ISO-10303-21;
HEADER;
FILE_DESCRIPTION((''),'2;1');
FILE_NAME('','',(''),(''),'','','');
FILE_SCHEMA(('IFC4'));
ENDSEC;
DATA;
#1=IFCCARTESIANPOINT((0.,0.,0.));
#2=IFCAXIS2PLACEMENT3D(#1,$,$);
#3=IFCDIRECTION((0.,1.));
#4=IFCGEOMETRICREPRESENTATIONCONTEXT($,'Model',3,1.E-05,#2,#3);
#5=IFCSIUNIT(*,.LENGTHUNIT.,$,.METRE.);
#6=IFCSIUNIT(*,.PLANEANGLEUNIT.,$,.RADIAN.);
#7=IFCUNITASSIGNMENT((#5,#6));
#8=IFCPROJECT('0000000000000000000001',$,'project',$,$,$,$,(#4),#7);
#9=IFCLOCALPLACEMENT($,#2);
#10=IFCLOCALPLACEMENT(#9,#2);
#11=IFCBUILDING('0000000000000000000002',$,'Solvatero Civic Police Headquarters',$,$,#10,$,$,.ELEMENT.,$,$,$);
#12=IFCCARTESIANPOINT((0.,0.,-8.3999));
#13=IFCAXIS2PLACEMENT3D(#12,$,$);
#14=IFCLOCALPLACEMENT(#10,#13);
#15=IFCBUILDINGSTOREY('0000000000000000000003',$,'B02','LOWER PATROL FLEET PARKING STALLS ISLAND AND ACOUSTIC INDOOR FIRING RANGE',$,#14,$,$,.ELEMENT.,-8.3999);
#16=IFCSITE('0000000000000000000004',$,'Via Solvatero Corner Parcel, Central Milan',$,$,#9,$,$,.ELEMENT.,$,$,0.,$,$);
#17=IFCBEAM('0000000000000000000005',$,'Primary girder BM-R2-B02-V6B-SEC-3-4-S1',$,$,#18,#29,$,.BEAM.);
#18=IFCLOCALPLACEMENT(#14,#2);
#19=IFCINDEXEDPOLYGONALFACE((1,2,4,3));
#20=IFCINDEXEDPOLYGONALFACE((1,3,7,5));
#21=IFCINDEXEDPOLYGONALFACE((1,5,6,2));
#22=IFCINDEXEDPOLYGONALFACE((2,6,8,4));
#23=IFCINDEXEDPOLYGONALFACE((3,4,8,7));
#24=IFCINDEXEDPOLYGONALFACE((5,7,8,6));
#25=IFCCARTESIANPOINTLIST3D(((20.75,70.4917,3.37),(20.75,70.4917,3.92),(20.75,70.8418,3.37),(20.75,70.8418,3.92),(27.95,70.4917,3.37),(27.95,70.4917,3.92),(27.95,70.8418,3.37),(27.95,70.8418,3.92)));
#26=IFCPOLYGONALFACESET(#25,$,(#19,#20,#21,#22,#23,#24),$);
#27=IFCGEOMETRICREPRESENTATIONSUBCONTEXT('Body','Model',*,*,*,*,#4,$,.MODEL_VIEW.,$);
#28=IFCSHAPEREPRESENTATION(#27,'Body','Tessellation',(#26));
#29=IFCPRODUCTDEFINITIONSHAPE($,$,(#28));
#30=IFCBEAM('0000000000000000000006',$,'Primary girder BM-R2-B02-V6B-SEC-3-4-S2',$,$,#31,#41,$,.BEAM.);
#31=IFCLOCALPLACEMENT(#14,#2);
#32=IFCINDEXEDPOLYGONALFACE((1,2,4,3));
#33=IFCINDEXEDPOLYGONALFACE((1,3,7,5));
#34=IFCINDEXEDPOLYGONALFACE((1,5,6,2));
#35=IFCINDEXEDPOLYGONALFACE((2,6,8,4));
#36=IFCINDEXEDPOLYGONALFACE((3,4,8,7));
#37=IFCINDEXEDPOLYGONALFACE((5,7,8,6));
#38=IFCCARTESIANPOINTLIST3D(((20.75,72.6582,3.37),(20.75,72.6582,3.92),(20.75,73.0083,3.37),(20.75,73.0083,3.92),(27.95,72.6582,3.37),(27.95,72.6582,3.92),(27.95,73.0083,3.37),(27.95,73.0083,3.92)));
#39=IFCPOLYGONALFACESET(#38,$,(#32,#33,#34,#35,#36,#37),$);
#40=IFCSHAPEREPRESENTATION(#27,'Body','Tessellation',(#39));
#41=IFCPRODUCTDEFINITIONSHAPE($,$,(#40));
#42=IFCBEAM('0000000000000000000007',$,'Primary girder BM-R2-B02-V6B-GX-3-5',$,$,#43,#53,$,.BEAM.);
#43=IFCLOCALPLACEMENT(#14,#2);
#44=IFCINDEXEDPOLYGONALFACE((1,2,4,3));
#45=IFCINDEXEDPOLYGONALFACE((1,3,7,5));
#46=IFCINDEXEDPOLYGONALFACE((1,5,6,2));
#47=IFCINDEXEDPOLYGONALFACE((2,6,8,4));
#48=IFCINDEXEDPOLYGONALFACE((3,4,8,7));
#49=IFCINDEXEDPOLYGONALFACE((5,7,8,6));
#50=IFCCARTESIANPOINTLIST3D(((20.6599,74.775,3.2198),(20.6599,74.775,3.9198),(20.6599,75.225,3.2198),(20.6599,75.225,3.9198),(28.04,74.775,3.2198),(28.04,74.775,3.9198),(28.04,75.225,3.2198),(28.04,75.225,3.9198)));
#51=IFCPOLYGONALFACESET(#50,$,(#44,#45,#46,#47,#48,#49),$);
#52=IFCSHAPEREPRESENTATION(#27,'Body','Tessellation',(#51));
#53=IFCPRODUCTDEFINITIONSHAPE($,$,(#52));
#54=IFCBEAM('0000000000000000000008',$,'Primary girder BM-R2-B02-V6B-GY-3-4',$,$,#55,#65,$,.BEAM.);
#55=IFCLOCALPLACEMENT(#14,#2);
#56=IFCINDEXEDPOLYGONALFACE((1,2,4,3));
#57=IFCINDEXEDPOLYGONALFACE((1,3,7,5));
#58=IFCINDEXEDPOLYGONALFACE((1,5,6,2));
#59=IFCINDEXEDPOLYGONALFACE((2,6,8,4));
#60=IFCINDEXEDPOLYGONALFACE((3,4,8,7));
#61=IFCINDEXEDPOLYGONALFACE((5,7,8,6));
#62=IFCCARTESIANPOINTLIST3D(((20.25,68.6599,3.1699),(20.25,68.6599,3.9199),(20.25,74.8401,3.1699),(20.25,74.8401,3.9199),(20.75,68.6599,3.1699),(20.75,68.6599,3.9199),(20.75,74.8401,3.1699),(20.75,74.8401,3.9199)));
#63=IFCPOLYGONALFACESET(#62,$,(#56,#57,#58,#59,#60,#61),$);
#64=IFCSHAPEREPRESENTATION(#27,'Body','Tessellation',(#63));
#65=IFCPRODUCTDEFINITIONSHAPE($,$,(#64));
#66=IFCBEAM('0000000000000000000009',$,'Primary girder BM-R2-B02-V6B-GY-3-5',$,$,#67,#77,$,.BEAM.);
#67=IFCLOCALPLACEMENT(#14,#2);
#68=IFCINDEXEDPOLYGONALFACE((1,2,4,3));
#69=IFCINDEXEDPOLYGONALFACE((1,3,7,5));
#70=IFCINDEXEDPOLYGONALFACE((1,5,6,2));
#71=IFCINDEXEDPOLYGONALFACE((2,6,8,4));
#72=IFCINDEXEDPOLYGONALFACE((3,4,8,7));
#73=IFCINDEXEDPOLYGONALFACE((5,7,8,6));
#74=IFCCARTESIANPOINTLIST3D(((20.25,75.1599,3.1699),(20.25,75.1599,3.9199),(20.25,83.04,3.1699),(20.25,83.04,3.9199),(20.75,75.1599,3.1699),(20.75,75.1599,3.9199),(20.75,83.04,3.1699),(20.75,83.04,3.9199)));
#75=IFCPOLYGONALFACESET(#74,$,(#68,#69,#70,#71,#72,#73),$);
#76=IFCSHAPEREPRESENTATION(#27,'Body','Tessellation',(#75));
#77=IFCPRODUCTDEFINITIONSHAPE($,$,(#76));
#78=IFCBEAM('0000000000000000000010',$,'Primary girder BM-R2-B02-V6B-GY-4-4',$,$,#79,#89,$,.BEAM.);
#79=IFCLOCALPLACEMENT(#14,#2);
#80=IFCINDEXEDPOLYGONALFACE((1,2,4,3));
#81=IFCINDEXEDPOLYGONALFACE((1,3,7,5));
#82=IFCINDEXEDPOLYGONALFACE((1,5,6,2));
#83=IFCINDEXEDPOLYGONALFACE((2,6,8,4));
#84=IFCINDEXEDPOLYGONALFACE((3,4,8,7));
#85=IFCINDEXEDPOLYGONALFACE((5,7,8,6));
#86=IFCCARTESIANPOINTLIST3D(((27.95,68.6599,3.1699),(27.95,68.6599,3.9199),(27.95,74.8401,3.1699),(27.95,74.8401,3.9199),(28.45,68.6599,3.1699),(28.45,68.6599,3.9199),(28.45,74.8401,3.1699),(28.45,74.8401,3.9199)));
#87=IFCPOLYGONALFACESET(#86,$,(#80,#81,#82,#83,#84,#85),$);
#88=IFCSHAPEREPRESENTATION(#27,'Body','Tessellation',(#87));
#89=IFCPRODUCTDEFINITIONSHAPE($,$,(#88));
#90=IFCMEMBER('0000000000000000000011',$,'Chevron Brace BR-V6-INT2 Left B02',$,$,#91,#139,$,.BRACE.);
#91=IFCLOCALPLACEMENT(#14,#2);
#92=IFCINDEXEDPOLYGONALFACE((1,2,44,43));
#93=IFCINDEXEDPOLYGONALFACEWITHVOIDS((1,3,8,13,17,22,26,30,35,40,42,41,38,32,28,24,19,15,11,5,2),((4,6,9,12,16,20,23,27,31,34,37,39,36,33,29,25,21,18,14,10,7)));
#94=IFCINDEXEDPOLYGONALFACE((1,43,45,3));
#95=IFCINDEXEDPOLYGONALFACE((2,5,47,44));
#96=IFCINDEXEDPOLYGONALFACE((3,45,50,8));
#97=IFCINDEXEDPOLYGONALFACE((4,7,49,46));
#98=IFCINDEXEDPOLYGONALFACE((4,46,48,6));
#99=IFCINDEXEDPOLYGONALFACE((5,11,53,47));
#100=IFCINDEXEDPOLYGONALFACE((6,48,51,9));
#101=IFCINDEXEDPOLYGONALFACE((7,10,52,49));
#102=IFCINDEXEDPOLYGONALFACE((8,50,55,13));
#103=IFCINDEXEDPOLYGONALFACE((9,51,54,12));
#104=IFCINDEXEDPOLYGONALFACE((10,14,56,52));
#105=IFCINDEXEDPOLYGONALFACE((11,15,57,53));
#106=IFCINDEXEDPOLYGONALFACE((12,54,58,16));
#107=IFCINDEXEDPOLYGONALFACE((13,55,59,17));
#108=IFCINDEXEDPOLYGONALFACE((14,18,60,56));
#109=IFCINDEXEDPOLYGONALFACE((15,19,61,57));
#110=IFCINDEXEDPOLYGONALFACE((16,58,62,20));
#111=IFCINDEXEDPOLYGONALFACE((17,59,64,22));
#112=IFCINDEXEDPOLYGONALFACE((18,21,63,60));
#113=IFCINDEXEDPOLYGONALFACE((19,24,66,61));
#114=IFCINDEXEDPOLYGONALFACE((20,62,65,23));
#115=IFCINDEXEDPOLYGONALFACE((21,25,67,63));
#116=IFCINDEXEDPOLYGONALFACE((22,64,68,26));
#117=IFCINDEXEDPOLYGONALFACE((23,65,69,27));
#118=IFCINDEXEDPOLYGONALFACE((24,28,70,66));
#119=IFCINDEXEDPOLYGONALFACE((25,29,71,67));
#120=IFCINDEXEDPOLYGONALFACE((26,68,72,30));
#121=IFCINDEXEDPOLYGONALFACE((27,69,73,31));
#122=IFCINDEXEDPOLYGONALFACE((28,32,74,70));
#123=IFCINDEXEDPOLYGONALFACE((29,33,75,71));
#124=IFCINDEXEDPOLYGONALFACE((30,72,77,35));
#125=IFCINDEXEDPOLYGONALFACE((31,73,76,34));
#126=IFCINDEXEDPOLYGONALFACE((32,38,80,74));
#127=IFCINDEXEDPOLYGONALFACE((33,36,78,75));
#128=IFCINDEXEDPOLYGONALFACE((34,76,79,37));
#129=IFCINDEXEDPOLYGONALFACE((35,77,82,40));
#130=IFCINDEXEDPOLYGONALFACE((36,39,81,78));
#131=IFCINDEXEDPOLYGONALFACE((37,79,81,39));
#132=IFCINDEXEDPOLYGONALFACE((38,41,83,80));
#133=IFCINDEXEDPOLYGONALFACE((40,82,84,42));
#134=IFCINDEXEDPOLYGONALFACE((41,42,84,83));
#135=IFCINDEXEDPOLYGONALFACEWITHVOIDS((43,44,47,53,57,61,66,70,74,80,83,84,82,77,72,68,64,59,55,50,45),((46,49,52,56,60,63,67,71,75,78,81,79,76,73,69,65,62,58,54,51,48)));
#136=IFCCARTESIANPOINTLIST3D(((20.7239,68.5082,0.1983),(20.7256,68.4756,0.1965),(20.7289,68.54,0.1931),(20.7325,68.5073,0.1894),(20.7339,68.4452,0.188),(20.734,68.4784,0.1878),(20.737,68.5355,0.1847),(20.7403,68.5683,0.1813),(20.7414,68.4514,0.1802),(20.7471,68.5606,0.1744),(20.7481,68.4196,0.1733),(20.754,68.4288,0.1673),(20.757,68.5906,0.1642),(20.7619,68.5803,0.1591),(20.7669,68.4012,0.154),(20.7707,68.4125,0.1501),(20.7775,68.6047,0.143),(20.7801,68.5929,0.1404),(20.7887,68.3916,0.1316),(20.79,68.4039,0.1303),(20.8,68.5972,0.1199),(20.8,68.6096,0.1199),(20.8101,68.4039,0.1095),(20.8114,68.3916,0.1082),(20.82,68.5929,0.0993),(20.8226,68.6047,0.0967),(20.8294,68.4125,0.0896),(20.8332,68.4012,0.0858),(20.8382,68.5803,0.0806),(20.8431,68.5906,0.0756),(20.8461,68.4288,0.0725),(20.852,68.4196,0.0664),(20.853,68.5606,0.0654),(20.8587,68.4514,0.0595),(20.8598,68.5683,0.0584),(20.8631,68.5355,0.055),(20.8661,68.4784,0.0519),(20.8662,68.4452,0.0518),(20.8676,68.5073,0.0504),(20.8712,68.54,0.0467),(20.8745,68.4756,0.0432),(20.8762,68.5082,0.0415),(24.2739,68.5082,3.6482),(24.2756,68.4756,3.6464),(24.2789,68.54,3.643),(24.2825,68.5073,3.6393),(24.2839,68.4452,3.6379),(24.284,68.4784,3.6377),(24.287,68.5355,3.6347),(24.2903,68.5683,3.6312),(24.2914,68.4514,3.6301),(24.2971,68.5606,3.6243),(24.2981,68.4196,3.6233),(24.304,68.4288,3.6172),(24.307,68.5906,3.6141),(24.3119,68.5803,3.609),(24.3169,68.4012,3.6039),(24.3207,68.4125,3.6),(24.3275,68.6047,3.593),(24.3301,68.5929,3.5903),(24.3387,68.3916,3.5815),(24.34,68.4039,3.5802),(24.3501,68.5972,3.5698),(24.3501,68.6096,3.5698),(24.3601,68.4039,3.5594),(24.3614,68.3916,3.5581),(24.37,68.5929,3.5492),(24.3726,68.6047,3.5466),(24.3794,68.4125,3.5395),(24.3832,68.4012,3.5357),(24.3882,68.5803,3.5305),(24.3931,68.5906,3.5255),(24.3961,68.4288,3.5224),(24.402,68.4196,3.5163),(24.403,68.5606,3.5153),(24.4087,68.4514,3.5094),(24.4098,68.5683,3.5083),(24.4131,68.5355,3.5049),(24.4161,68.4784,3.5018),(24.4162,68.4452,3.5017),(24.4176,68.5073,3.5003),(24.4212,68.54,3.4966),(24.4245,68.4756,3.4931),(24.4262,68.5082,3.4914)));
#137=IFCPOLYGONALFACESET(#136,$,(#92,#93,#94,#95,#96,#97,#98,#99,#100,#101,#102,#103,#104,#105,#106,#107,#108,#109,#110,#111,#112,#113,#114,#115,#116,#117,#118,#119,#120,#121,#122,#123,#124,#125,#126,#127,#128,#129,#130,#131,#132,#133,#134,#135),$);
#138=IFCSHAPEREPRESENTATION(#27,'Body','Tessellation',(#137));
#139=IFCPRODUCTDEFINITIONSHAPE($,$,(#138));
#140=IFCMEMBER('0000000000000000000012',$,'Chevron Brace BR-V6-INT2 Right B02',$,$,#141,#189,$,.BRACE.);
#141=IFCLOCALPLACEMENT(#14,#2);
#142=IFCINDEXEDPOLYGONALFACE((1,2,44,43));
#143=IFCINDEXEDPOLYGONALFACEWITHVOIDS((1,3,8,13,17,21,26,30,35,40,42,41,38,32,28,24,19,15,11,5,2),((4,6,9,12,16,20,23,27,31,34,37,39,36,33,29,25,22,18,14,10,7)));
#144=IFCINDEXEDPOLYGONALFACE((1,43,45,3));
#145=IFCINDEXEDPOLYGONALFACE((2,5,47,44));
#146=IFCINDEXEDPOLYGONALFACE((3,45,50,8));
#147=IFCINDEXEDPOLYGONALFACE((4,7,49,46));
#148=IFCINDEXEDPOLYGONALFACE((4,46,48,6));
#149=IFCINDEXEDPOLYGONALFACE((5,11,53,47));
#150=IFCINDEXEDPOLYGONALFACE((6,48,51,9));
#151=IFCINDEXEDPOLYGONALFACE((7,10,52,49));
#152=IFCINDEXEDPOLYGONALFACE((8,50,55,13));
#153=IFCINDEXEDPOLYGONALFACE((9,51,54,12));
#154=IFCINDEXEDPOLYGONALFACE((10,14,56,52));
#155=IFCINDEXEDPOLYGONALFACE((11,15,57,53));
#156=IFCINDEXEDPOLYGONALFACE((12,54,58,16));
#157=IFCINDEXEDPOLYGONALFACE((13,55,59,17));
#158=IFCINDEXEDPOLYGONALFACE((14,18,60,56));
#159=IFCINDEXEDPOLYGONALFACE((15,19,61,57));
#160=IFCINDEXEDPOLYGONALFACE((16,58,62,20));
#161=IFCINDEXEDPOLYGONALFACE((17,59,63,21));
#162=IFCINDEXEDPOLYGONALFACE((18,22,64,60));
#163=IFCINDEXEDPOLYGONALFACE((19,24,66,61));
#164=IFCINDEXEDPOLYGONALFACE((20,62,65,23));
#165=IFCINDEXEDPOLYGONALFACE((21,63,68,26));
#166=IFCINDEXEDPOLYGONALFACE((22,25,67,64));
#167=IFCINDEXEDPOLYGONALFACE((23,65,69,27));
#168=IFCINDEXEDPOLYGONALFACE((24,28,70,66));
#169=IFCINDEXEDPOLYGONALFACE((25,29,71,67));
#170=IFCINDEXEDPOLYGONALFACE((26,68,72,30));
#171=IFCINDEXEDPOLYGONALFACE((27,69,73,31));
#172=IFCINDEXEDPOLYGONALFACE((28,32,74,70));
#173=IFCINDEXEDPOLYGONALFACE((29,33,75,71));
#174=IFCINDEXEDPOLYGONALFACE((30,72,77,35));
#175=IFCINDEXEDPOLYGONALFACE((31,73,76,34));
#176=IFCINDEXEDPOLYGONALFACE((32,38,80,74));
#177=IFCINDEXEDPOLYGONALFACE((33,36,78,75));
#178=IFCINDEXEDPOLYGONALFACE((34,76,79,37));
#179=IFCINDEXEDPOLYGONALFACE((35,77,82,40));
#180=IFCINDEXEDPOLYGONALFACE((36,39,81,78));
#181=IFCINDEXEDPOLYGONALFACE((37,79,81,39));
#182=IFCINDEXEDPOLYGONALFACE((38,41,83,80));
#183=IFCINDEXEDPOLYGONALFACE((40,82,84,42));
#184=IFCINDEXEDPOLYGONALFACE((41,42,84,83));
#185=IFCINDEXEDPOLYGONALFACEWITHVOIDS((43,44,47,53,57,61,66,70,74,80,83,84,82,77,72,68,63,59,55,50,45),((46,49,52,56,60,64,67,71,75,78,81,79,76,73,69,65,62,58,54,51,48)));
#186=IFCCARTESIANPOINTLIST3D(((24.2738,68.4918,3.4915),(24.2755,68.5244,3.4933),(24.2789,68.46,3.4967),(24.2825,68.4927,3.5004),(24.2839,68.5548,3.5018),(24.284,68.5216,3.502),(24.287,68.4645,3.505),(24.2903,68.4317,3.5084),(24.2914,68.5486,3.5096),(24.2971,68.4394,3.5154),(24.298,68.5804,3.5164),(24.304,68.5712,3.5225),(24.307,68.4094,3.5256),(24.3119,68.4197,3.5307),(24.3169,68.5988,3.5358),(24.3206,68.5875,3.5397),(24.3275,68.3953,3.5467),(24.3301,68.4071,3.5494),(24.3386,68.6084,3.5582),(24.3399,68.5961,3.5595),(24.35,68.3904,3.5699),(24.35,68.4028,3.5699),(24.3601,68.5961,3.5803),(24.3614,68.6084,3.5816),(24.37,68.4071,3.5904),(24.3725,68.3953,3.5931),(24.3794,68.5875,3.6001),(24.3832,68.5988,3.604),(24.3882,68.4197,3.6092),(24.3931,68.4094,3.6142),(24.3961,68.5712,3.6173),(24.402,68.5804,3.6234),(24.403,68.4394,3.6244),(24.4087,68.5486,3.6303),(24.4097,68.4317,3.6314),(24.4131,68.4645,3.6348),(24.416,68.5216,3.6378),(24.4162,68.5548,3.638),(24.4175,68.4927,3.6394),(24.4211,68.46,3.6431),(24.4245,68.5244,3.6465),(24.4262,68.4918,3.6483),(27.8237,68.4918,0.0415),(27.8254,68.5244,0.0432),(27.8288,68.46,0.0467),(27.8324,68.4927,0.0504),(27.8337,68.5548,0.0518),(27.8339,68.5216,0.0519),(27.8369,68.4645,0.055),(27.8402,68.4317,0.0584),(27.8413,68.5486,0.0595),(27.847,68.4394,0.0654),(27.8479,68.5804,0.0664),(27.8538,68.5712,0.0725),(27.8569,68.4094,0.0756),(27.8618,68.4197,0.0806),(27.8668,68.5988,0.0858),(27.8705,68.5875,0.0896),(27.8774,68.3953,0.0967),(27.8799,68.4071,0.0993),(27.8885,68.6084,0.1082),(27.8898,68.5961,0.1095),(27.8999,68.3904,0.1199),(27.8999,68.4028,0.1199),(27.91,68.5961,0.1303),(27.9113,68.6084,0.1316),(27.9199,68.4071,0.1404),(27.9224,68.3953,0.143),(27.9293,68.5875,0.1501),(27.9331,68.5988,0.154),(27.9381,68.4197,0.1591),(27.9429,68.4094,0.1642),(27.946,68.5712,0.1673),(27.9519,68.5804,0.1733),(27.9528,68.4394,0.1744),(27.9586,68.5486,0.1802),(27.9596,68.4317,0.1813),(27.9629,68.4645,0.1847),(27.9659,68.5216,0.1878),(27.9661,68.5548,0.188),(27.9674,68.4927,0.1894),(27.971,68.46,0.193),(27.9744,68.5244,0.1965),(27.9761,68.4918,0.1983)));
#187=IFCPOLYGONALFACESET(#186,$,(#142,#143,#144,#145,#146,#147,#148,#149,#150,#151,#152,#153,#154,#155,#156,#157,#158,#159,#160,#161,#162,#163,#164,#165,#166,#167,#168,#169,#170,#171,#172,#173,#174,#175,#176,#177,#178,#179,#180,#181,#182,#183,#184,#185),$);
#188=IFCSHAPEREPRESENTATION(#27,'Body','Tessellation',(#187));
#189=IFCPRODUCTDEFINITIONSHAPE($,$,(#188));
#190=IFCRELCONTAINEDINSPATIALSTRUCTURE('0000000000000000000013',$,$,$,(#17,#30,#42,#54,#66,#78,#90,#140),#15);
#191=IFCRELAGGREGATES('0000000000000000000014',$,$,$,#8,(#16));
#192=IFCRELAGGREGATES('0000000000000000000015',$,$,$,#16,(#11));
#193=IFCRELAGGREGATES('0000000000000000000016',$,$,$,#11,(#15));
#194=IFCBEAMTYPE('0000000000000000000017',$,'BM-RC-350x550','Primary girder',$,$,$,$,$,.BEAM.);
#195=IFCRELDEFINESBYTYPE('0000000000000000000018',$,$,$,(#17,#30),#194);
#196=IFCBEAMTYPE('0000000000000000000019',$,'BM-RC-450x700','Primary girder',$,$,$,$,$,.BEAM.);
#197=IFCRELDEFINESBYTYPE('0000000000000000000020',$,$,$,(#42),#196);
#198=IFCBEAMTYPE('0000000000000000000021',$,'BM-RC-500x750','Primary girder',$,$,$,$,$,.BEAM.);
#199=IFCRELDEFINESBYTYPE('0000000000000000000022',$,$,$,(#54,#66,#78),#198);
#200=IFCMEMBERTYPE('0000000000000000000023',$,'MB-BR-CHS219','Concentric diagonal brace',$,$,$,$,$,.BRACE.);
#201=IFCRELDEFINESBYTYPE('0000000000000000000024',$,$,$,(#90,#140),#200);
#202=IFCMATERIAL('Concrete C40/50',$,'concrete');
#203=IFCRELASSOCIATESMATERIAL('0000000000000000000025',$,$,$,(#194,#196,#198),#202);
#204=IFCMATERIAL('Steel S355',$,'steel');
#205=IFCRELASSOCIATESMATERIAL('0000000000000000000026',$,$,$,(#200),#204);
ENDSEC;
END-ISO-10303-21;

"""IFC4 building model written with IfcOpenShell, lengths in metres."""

from ifc_helpers import new_model, si_unit, direction, frame, origin, origin_2d, place, context, subcontext, project, spatial, rectangle, hollow_circle, extrude, material, material_profile, profile_set, type_object, element, save


model = new_model("IFC4")

# Units and contexts
model_context = context("Model", 3, precision=1e-05, world=origin(), true_north=direction((0.0, 1.0)))
body_context = subcontext(model_context, "Body", "Model", "MODEL_VIEW")
ifc_project = project(units=[si_unit("LENGTHUNIT", "METRE"), si_unit("PLANEANGLEUNIT", "RADIAN")], contexts=[model_context])

# Site, building, storey
site_placement = place(None, origin())
site = spatial("IfcSite", under=ifc_project, at=site_placement, Name="Via Solvatero Corner Parcel, Central Milan", CompositionType="ELEMENT", RefElevation=0.0)
building_placement = place(site_placement, origin())
building = spatial("IfcBuilding", under=site, at=building_placement, Name="Solvatero Civic Police Headquarters", CompositionType="ELEMENT")
storey_placement = place(building_placement, frame((0.0, 0.0, -8.3999)))
storey = spatial("IfcBuildingStorey", under=building, at=storey_placement, Name="B02", Description="LOWER PATROL FLEET PARKING STALLS ISLAND AND ACOUSTIC INDOOR FIRING RANGE", CompositionType="ELEMENT", Elevation=-8.3999)

# Shared definitions
ifc_material_1 = material(Name="Concrete C40/50", Category="concrete")

# Beams
ifc_material_profile_1 = material_profile(ifc_material_1, rectangle(XDim=0.3501, YDim=0.55, at=origin_2d()), Name="RC 350x550")
ifc_profile_set_1 = profile_set([ifc_material_profile_1], Name="Concrete C40/50")
beam_type_1 = type_object("IfcBeamType", Name="BM-RC-350x550", Description="Primary girder", PredefinedType="BEAM", material=ifc_profile_set_1)
for number, where, z_axis, x_axis, name in (
    (1, (20.75, 70.6667, 3.645), (1.0, 0.0, 0.0), (0.0, 1.0, 0.0), "Primary girder BM-R2-B02-V6B-SEC-3-4-S1"),
    (2, (20.75, 72.8333, 3.645), (1.0, 0.0, 0.0), (0.0, 1.0, 0.0), "Primary girder BM-R2-B02-V6B-SEC-3-4-S2"),
):
    element("IfcBeam", number, at=place(storey_placement, frame(where, z_axis=z_axis, x_axis=x_axis)), inside=storey, type_object=beam_type_1, Name=name, PredefinedType="BEAM", context=body_context, shape_type="SweptSolid", body=[
        extrude(rectangle(XDim=0.3501, YDim=0.55, at=origin_2d()), origin(), (0.0, 0.0, 1.0), 7.2),
    ])
ifc_material_profile_2 = material_profile(ifc_material_1, rectangle(XDim=0.45, YDim=0.7, at=origin_2d()), Name="RC 450x700")
ifc_profile_set_2 = profile_set([ifc_material_profile_2], Name="Concrete C40/50")
beam_type_2 = type_object("IfcBeamType", Name="BM-RC-450x700", Description="Primary girder", PredefinedType="BEAM", material=ifc_profile_set_2)
beam_1_placement = place(storey_placement, frame((20.6599, 75.0, 3.5698), z_axis=(1.0, 0.0, 0.0), x_axis=(0.0, 1.0, 0.0)))
element("IfcBeam", 3, at=beam_1_placement, inside=storey, type_object=beam_type_2, Name="Primary girder BM-R2-B02-V6B-GX-3-5", PredefinedType="BEAM", context=body_context, shape_type="SweptSolid", body=[
    extrude(rectangle(XDim=0.45, YDim=0.7, at=origin_2d()), origin(), (0.0, 0.0, 1.0), 7.3801),
])
ifc_material_profile_3 = material_profile(ifc_material_1, rectangle(XDim=0.5, YDim=0.75, at=origin_2d()), Name="RC 500x750")
ifc_profile_set_3 = profile_set([ifc_material_profile_3], Name="Concrete C40/50")
beam_type_3 = type_object("IfcBeamType", Name="BM-RC-500x750", Description="Primary girder", PredefinedType="BEAM", material=ifc_profile_set_3)
beam_2_placement = place(storey_placement, frame((20.5, 68.6599, 3.5449), z_axis=(0.0, 1.0, 0.0), x_axis=(-1.0, 0.0, 0.0)))
element("IfcBeam", 4, at=beam_2_placement, inside=storey, type_object=beam_type_3, Name="Primary girder BM-R2-B02-V6B-GY-3-4", PredefinedType="BEAM", context=body_context, shape_type="SweptSolid", body=[
    extrude(rectangle(XDim=0.5, YDim=0.75, at=origin_2d()), origin(), (0.0, 0.0, 1.0), 6.1802),
])
beam_3_placement = place(storey_placement, frame((20.5, 75.1599, 3.5449), z_axis=(0.0, 1.0, 0.0), x_axis=(-1.0, 0.0, 0.0)))
element("IfcBeam", 5, at=beam_3_placement, inside=storey, type_object=beam_type_3, Name="Primary girder BM-R2-B02-V6B-GY-3-5", PredefinedType="BEAM", context=body_context, shape_type="SweptSolid", body=[
    extrude(rectangle(XDim=0.5, YDim=0.75, at=origin_2d()), origin(), (0.0, 0.0, 1.0), 7.8801),
])
beam_4_placement = place(storey_placement, frame((28.2, 68.6599, 3.5449), z_axis=(0.0, 1.0, 0.0), x_axis=(-1.0, 0.0, 0.0)))
element("IfcBeam", 6, at=beam_4_placement, inside=storey, type_object=beam_type_3, Name="Primary girder BM-R2-B02-V6B-GY-4-4", PredefinedType="BEAM", context=body_context, shape_type="SweptSolid", body=[
    extrude(rectangle(XDim=0.5, YDim=0.75, at=origin_2d()), origin(), (0.0, 0.0, 1.0), 6.1802),
])

# Members
ifc_material_2 = material(Name="Steel S355", Category="steel")
ifc_material_profile_4 = material_profile(ifc_material_2, hollow_circle(Radius=0.1096, WallThickness=0.0125, at=origin_2d()), Name="CHS 219.1x12.5")
ifc_profile_set_4 = profile_set([ifc_material_profile_4], Name="Steel S355")
member_type_1 = type_object("IfcMemberType", Name="MB-BR-CHS219", Description="Concentric diagonal brace", PredefinedType="BRACE", material=ifc_profile_set_4)
for number, where, z_axis, x_axis, name in (
    (7, (20.8, 68.5, 0.1199), (0.717145, 0.0, 0.696924), (0.0, 1.0, 0.0), "Chevron Brace BR-V6-INT2 Left B02"),
    (8, (27.8999, 68.5, 0.1199), (-0.717121, 0.0, 0.696949), (0.0, -1.0, 0.0), "Chevron Brace BR-V6-INT2 Right B02"),
):
    element("IfcMember", number, at=place(storey_placement, frame(where, z_axis=z_axis, x_axis=x_axis)), inside=storey, type_object=member_type_1, Name=name, PredefinedType="BRACE", context=body_context, shape_type="SweptSolid", body=[
        extrude(hollow_circle(Radius=0.1096, WallThickness=0.0125, at=origin_2d()), origin(), (0.0, 0.0, 1.0), 4.9502),
    ])

save(model, "model.ifc")
